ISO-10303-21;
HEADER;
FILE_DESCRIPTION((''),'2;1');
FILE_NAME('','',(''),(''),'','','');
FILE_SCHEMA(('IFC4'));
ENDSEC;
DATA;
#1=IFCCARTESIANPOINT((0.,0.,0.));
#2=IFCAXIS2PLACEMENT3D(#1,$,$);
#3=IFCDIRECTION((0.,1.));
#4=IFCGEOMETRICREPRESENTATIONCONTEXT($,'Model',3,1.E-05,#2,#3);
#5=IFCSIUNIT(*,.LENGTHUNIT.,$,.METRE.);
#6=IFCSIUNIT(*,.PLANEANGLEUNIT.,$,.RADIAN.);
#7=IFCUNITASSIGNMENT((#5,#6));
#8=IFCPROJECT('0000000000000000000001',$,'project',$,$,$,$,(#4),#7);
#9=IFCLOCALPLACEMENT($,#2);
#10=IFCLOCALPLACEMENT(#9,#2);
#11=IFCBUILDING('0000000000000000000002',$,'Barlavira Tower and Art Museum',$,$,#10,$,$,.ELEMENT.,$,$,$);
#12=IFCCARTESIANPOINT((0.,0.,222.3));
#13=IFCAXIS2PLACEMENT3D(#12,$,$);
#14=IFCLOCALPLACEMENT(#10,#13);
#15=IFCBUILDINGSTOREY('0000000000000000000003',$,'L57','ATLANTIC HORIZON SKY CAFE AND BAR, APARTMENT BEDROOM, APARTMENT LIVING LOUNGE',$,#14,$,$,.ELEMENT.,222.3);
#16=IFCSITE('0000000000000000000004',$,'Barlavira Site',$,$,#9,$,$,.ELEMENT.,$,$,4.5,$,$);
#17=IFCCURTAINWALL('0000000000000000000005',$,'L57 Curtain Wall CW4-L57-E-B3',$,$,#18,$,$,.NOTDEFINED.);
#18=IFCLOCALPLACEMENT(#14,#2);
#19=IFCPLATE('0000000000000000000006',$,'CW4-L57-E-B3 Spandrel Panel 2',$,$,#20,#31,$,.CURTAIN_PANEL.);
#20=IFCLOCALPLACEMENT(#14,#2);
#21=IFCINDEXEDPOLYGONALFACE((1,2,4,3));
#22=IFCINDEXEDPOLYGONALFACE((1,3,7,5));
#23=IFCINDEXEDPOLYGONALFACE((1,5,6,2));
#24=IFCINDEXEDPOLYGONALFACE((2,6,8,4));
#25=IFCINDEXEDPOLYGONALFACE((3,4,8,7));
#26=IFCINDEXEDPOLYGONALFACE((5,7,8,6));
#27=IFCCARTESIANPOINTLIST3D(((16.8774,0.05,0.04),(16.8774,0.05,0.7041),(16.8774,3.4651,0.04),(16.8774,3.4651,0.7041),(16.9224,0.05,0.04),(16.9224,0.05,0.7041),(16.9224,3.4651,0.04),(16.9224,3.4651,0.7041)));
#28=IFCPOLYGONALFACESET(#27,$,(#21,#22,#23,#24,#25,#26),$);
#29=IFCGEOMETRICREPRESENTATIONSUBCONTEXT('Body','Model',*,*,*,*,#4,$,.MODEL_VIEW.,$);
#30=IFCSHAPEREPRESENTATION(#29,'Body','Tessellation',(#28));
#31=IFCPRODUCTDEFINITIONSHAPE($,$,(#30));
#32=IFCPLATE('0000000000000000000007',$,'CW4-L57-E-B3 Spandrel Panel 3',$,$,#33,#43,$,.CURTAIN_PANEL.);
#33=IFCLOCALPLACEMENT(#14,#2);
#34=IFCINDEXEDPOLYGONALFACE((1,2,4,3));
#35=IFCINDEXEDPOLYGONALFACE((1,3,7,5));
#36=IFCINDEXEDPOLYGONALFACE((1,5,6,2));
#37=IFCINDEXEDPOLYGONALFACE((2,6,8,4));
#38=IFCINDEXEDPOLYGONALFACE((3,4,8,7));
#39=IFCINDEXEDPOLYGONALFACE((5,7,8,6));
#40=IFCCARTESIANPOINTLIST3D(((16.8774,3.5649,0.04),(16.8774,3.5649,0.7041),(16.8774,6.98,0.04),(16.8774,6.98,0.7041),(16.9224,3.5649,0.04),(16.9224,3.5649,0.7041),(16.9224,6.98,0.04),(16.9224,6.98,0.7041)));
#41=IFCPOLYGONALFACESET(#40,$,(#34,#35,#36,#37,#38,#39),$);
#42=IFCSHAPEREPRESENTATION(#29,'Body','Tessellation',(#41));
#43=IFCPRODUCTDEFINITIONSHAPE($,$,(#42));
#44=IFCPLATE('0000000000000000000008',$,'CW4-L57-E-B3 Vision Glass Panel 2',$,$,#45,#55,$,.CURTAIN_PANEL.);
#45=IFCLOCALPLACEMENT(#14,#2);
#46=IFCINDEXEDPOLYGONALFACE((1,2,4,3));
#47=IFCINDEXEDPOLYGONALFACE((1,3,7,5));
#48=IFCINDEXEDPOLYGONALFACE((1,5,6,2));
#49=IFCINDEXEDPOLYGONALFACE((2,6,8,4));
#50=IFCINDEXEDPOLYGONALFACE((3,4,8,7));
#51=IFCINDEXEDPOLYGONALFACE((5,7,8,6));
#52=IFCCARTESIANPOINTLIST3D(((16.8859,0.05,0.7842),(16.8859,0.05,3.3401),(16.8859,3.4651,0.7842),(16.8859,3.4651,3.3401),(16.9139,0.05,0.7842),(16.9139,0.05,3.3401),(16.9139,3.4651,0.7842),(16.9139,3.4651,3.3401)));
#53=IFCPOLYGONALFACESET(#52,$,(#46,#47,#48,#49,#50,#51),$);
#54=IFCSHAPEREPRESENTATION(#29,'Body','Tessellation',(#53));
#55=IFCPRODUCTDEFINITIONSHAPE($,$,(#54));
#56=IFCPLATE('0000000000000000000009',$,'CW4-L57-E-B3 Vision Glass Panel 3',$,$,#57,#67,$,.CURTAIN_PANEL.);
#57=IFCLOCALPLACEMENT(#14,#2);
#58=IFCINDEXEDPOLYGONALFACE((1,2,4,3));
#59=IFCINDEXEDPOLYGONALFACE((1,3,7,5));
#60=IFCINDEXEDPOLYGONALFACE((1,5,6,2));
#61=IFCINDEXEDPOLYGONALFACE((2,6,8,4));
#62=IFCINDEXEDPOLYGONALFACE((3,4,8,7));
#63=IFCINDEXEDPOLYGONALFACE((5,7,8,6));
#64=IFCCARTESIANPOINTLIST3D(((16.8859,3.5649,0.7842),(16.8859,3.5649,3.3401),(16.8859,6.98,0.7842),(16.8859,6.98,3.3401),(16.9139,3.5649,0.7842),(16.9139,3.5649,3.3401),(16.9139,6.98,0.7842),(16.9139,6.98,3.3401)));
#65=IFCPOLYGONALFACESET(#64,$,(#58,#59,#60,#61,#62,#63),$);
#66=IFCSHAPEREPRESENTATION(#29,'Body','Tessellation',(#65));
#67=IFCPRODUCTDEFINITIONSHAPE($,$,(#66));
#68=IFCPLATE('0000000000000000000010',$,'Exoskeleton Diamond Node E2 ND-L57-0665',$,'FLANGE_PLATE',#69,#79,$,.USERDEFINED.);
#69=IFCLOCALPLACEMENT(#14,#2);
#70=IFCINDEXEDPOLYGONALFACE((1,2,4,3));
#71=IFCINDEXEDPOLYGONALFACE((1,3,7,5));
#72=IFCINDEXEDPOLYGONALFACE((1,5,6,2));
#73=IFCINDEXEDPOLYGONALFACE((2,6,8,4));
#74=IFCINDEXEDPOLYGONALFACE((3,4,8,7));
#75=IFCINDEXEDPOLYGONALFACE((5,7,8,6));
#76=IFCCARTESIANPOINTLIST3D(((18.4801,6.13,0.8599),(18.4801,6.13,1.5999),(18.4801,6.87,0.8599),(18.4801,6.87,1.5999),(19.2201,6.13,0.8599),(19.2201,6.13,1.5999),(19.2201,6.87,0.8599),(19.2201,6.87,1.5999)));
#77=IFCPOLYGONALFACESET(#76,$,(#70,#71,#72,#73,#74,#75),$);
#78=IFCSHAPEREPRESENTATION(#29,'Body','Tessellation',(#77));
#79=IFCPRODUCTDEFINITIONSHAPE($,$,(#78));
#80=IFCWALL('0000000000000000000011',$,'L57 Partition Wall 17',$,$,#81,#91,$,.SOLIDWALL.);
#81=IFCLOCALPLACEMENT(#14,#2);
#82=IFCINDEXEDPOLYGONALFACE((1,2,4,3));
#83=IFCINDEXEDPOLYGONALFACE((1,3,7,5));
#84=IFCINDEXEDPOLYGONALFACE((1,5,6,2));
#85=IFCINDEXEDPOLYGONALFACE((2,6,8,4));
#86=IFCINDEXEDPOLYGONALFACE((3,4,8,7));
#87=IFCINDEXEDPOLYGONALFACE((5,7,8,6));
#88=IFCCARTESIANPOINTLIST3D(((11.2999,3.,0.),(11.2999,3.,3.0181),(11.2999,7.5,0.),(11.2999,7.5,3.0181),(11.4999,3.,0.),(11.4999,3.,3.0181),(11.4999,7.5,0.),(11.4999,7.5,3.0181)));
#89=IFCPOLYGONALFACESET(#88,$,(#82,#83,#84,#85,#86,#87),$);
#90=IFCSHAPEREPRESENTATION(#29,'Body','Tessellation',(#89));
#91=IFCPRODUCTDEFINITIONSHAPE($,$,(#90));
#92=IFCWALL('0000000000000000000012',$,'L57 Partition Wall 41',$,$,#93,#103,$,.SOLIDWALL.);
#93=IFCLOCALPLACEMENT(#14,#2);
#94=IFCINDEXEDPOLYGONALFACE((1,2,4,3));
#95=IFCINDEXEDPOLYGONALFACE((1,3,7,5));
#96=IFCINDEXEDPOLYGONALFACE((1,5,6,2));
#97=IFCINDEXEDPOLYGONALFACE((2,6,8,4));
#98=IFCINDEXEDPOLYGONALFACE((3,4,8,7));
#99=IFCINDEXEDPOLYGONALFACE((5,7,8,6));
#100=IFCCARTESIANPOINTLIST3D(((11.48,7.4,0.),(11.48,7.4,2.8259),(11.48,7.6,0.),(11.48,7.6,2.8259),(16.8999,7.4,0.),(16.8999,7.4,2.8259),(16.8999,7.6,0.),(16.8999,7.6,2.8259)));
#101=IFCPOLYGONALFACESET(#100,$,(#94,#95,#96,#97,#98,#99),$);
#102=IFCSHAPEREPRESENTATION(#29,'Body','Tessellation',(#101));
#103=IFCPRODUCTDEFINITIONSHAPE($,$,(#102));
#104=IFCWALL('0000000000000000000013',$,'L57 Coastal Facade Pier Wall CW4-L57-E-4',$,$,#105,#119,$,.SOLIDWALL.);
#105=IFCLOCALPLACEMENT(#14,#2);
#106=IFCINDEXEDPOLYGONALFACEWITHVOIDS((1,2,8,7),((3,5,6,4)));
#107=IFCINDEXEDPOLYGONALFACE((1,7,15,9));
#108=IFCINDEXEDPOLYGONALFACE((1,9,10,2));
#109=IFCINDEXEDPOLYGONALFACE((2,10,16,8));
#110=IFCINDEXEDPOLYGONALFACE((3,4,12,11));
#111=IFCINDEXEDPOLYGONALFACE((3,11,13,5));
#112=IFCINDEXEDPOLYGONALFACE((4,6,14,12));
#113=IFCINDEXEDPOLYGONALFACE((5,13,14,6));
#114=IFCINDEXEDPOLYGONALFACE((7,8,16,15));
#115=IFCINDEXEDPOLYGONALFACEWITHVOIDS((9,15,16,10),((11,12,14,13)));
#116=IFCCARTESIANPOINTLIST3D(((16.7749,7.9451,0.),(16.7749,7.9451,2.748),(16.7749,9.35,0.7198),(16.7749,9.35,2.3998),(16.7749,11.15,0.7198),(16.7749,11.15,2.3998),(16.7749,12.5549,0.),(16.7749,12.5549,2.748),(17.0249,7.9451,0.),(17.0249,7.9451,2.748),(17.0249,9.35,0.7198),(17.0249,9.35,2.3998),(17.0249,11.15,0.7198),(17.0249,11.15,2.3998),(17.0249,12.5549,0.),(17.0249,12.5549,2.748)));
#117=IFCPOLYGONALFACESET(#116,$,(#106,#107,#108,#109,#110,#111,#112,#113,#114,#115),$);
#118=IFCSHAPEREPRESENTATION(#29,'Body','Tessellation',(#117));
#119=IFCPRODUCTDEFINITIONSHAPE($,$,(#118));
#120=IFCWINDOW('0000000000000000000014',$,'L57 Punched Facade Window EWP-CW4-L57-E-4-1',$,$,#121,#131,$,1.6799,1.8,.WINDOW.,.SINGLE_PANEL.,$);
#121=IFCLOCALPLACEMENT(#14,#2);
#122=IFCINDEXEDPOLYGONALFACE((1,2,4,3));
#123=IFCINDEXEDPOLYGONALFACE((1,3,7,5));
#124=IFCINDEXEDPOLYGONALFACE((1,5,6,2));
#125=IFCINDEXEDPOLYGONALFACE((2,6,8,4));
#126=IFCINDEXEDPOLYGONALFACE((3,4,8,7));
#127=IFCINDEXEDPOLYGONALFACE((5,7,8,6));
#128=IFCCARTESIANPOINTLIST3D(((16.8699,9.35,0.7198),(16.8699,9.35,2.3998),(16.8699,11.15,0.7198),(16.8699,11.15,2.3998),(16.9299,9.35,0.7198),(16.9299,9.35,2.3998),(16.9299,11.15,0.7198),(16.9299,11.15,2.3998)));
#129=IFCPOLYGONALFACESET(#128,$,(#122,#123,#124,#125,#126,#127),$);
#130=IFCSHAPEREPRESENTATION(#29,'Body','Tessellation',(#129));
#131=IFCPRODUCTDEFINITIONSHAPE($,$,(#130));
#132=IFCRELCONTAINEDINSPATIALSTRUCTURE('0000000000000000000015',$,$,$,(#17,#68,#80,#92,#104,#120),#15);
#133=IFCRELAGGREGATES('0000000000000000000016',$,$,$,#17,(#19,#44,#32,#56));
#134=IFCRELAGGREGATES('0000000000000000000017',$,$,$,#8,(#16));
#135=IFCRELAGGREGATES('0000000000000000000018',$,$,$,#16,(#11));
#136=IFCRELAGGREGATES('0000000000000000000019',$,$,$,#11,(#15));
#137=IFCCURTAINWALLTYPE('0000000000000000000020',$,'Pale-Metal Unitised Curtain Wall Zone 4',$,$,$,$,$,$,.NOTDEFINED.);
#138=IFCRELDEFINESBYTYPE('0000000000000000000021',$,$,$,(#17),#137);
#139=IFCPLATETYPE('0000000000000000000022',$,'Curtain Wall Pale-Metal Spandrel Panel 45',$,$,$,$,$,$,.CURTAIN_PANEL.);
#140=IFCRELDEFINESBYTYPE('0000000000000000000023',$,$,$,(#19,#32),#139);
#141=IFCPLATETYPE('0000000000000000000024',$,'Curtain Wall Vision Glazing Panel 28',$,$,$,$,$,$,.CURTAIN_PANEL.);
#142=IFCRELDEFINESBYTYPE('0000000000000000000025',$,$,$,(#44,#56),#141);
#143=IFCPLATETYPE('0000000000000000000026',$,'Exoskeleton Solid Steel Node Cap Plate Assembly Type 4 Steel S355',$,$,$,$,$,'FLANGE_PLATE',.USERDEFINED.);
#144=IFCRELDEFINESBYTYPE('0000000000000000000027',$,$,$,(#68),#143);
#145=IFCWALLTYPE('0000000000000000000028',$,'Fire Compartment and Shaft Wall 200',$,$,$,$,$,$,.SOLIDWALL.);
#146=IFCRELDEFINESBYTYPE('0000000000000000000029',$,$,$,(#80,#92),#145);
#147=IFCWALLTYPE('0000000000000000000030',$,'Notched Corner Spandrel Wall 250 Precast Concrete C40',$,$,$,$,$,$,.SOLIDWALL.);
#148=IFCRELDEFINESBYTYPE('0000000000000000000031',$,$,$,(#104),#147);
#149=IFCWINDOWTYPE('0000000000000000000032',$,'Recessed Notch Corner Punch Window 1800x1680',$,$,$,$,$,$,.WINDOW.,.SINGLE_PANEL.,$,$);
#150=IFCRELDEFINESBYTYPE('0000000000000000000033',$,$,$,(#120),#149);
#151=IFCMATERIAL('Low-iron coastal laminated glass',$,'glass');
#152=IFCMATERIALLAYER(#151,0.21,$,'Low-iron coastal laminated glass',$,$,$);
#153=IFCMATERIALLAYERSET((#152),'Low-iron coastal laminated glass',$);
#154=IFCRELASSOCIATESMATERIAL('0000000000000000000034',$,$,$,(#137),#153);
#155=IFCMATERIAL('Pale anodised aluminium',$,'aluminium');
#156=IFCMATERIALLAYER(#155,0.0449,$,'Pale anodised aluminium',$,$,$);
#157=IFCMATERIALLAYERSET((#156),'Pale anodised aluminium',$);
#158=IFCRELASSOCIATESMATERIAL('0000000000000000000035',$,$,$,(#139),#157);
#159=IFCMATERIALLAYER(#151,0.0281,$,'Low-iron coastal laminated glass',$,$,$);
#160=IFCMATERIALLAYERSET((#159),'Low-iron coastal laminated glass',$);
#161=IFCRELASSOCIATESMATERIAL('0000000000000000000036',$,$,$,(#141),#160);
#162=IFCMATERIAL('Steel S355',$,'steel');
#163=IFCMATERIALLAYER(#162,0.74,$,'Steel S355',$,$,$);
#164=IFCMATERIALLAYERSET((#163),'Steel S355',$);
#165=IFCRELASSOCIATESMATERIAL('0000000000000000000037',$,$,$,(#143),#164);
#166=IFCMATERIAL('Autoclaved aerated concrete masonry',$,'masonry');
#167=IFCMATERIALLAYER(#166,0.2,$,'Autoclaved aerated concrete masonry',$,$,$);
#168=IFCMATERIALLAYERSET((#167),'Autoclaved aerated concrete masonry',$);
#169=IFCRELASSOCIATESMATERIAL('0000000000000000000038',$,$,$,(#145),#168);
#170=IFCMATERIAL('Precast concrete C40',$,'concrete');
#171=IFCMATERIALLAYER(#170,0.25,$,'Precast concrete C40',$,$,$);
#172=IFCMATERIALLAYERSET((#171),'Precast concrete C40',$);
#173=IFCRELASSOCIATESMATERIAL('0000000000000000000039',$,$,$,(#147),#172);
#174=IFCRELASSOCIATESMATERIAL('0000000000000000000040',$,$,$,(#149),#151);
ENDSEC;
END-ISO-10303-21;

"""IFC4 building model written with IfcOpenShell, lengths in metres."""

from ifc_helpers import new_model, si_unit, direction, frame, frame_2d, origin, origin_2d, place, context, subcontext, project, spatial, rectangle, extrude, material, layer, layer_set, type_object, element, fill, aggregate, save


model = new_model("IFC4")

# Units and contexts
model_context = context("Model", 3, precision=1e-05, world=origin(), true_north=direction((0.0, 1.0)))
body_context = subcontext(model_context, "Body", "Model", "MODEL_VIEW")
ifc_project = project(units=[si_unit("LENGTHUNIT", "METRE"), si_unit("PLANEANGLEUNIT", "RADIAN")], contexts=[model_context])

# Site, building, storey
site_placement = place(None, origin())
site = spatial("IfcSite", under=ifc_project, at=site_placement, Name="Barlavira Site", CompositionType="ELEMENT", RefElevation=4.5)
building_placement = place(site_placement, origin())
building = spatial("IfcBuilding", under=site, at=building_placement, Name="Barlavira Tower and Art Museum", CompositionType="ELEMENT")
storey_placement = place(building_placement, frame((0.0, 0.0, 222.3)))
storey = spatial("IfcBuildingStorey", under=building, at=storey_placement, Name="L57", Description="ATLANTIC HORIZON SKY CAFE AND BAR, APARTMENT BEDROOM, APARTMENT LIVING LOUNGE", CompositionType="ELEMENT", Elevation=222.3)

# Curtain wall
ifc_material_1 = material(Name="Low-iron coastal laminated glass", Category="glass")
ifc_layer_1 = layer(ifc_material_1, 0.21, Name="Low-iron coastal laminated glass")
ifc_layer_set_1 = layer_set([ifc_layer_1], Name="Low-iron coastal laminated glass")
curtain_wall_type = type_object("IfcCurtainWallType", Name="Pale-Metal Unitised Curtain Wall Zone 4", PredefinedType="NOTDEFINED", material=ifc_layer_set_1)
curtain_wall_placement = place(storey_placement, origin())
curtain_wall = element("IfcCurtainWall", 1, at=curtain_wall_placement, inside=storey, type_object=curtain_wall_type, Name="L57 Curtain Wall CW4-L57-E-B3", PredefinedType="NOTDEFINED")
ifc_material_2 = material(Name="Pale anodised aluminium", Category="aluminium")

# Shared definitions
ifc_material_3 = material(Name="Steel S355", Category="steel")

# Plates
ifc_layer_2 = layer(ifc_material_2, 0.0449, Name="Pale anodised aluminium")
ifc_layer_set_2 = layer_set([ifc_layer_2], Name="Pale anodised aluminium")
plate_type_1 = type_object("IfcPlateType", Name="Curtain Wall Pale-Metal Spandrel Panel 45", PredefinedType="CURTAIN_PANEL", material=ifc_layer_set_2)
plate_1_placement = place(storey_placement, frame((16.8999, 1.7576, 0.04), z_axis=(0.0, 0.0, 1.0), x_axis=(0.0, 1.0, 0.0)))
plate_1 = element("IfcPlate", 2, at=plate_1_placement, type_object=plate_type_1, Name="CW4-L57-E-B3 Spandrel Panel 2", PredefinedType="CURTAIN_PANEL", context=body_context, shape_type="SweptSolid", body=[
    extrude(rectangle(XDim=3.415, YDim=0.0449, at=origin_2d()), origin(), (0.0, 0.0, 1.0), 0.6641),
])
plate_2_placement = place(storey_placement, frame((16.8999, 5.2725, 0.04), z_axis=(0.0, 0.0, 1.0), x_axis=(0.0, 1.0, 0.0)))
plate_2 = element("IfcPlate", 3, at=plate_2_placement, type_object=plate_type_1, Name="CW4-L57-E-B3 Spandrel Panel 3", PredefinedType="CURTAIN_PANEL", context=body_context, shape_type="SweptSolid", body=[
    extrude(rectangle(XDim=3.415, YDim=0.0449, at=origin_2d()), origin(), (0.0, 0.0, 1.0), 0.6641),
])
ifc_layer_3 = layer(ifc_material_1, 0.0281, Name="Low-iron coastal laminated glass")
ifc_layer_set_3 = layer_set([ifc_layer_3], Name="Low-iron coastal laminated glass")
plate_type_2 = type_object("IfcPlateType", Name="Curtain Wall Vision Glazing Panel 28", PredefinedType="CURTAIN_PANEL", material=ifc_layer_set_3)
plate_3_placement = place(storey_placement, frame((16.8999, 1.7576, 0.7842), z_axis=(0.0, 0.0, 1.0), x_axis=(0.0, 1.0, 0.0)))
plate_3 = element("IfcPlate", 4, at=plate_3_placement, type_object=plate_type_2, Name="CW4-L57-E-B3 Vision Glass Panel 2", PredefinedType="CURTAIN_PANEL", context=body_context, shape_type="SweptSolid", body=[
    extrude(rectangle(XDim=3.415, YDim=0.0281, at=origin_2d()), origin(), (0.0, 0.0, 1.0), 2.5559),
])
plate_4_placement = place(storey_placement, frame((16.8999, 5.2725, 0.7842), z_axis=(0.0, 0.0, 1.0), x_axis=(0.0, 1.0, 0.0)))
plate_4 = element("IfcPlate", 5, at=plate_4_placement, type_object=plate_type_2, Name="CW4-L57-E-B3 Vision Glass Panel 3", PredefinedType="CURTAIN_PANEL", context=body_context, shape_type="SweptSolid", body=[
    extrude(rectangle(XDim=3.415, YDim=0.0281, at=origin_2d()), origin(), (0.0, 0.0, 1.0), 2.5559),
])
aggregate(curtain_wall, [plate_1, plate_3, plate_2, plate_4])
ifc_layer_4 = layer(ifc_material_3, 0.74, Name="Steel S355")
ifc_layer_set_4 = layer_set([ifc_layer_4], Name="Steel S355")
plate_type_3 = type_object("IfcPlateType", Name="Exoskeleton Solid Steel Node Cap Plate Assembly Type 4 Steel S355", ElementType="FLANGE_PLATE", PredefinedType="USERDEFINED", material=ifc_layer_set_4)
plate_5_placement = place(storey_placement, frame((18.8501, 6.5, 0.8599), z_axis=(0.0, 0.0, 1.0), x_axis=(1.0, 0.0, 0.0)))
element("IfcPlate", 6, at=plate_5_placement, inside=storey, type_object=plate_type_3, Name="Exoskeleton Diamond Node E2 ND-L57-0665", ObjectType="FLANGE_PLATE", PredefinedType="USERDEFINED", context=body_context, shape_type="SweptSolid", body=[
    extrude(rectangle(XDim=0.74, YDim=0.74, at=origin_2d()), origin(), (0.0, 0.0, 1.0), 0.74),
])

# Wall
ifc_material_4 = material(Name="Autoclaved aerated concrete masonry", Category="masonry")
ifc_layer_5 = layer(ifc_material_4, 0.2, Name="Autoclaved aerated concrete masonry")
ifc_layer_set_5 = layer_set([ifc_layer_5], Name="Autoclaved aerated concrete masonry")
wall_type_1 = type_object("IfcWallType", Name="Fire Compartment and Shaft Wall 200", PredefinedType="SOLIDWALL", material=ifc_layer_set_5)
wall_1_placement = place(storey_placement, frame((11.3999, 3.0, 0.0), z_axis=(0.0, 0.0, 1.0), x_axis=(0.0, 1.0, 0.0)))
element("IfcWall", 7, at=wall_1_placement, inside=storey, type_object=wall_type_1, Name="L57 Partition Wall 17", PredefinedType="SOLIDWALL", context=body_context, shape_type="SweptSolid", body=[
    extrude(rectangle(XDim=4.5, YDim=0.2, at=frame_2d((2.25, 0.0))), origin(), (0.0, 0.0, 1.0), 3.0181),
])

# Wall
wall_2_placement = place(storey_placement, frame((11.48, 7.5, 0.0), z_axis=(0.0, 0.0, 1.0), x_axis=(1.0, 0.0, 0.0)))
element("IfcWall", 8, at=wall_2_placement, inside=storey, type_object=wall_type_1, Name="L57 Partition Wall 41", PredefinedType="SOLIDWALL", context=body_context, shape_type="SweptSolid", body=[
    extrude(rectangle(XDim=5.4199, YDim=0.2, at=frame_2d((2.71, 0.0))), origin(), (0.0, 0.0, 1.0), 2.8259),
])

# Wall, opening, window
ifc_material_5 = material(Name="Precast concrete C40", Category="concrete")
ifc_layer_6 = layer(ifc_material_5, 0.25, Name="Precast concrete C40")
ifc_layer_set_6 = layer_set([ifc_layer_6], Name="Precast concrete C40")
wall_type_2 = type_object("IfcWallType", Name="Notched Corner Spandrel Wall 250 Precast Concrete C40", PredefinedType="SOLIDWALL", material=ifc_layer_set_6)
wall_3_placement = place(storey_placement, frame((16.8999, 7.9451, 0.0), z_axis=(0.0, 0.0, 1.0), x_axis=(0.0, 1.0, 0.0)))
wall_3 = element("IfcWall", 9, at=wall_3_placement, inside=storey, type_object=wall_type_2, Name="L57 Coastal Facade Pier Wall CW4-L57-E-4", PredefinedType="SOLIDWALL", context=body_context, shape_type="SweptSolid", body=[
    extrude(rectangle(XDim=4.6099, YDim=0.25, at=frame_2d((2.3049, 0.0))), origin(), (0.0, 0.0, 1.0), 2.748),
])
opening_1_placement = place(wall_3_placement, frame((1.405, 0.0, 0.72)))
opening_1 = element("IfcOpeningElement", 10, at=opening_1_placement, cuts=wall_3, PredefinedType="OPENING", context=body_context, shape_type="SweptSolid", body=[
    extrude(rectangle(XDim=1.8, YDim=1.6799, at=frame_2d((0.8999, 0.8398))), frame((0.0, 0.135, 0.0), z_axis=(0.0, -1.0, 0.0), x_axis=(1.0, 0.0, 0.0)), (0.0, 0.0, 1.0), 0.27),
])
window_type = type_object("IfcWindowType", Name="Recessed Notch Corner Punch Window 1800x1680", PartitioningType="SINGLE_PANEL", PredefinedType="WINDOW", material=ifc_material_1)
window_placement = place(opening_1_placement, origin())
window = element("IfcWindow", 11, at=window_placement, inside=storey, type_object=window_type, Name="L57 Punched Facade Window EWP-CW4-L57-E-4-1", OverallHeight=1.6799, OverallWidth=1.8, PartitioningType="SINGLE_PANEL", PredefinedType="WINDOW", context=body_context, shape_type="SweptSolid", body=[
    extrude(rectangle(XDim=1.8, YDim=1.6799, at=frame_2d((0.8999, 0.8398))), frame((0.0, 0.03, 0.0), z_axis=(0.0, -1.0, 0.0), x_axis=(1.0, 0.0, 0.0)), (0.0, 0.0, 1.0), 0.0601),
])
fill(opening_1, window)

save(model, "model.ifc")
